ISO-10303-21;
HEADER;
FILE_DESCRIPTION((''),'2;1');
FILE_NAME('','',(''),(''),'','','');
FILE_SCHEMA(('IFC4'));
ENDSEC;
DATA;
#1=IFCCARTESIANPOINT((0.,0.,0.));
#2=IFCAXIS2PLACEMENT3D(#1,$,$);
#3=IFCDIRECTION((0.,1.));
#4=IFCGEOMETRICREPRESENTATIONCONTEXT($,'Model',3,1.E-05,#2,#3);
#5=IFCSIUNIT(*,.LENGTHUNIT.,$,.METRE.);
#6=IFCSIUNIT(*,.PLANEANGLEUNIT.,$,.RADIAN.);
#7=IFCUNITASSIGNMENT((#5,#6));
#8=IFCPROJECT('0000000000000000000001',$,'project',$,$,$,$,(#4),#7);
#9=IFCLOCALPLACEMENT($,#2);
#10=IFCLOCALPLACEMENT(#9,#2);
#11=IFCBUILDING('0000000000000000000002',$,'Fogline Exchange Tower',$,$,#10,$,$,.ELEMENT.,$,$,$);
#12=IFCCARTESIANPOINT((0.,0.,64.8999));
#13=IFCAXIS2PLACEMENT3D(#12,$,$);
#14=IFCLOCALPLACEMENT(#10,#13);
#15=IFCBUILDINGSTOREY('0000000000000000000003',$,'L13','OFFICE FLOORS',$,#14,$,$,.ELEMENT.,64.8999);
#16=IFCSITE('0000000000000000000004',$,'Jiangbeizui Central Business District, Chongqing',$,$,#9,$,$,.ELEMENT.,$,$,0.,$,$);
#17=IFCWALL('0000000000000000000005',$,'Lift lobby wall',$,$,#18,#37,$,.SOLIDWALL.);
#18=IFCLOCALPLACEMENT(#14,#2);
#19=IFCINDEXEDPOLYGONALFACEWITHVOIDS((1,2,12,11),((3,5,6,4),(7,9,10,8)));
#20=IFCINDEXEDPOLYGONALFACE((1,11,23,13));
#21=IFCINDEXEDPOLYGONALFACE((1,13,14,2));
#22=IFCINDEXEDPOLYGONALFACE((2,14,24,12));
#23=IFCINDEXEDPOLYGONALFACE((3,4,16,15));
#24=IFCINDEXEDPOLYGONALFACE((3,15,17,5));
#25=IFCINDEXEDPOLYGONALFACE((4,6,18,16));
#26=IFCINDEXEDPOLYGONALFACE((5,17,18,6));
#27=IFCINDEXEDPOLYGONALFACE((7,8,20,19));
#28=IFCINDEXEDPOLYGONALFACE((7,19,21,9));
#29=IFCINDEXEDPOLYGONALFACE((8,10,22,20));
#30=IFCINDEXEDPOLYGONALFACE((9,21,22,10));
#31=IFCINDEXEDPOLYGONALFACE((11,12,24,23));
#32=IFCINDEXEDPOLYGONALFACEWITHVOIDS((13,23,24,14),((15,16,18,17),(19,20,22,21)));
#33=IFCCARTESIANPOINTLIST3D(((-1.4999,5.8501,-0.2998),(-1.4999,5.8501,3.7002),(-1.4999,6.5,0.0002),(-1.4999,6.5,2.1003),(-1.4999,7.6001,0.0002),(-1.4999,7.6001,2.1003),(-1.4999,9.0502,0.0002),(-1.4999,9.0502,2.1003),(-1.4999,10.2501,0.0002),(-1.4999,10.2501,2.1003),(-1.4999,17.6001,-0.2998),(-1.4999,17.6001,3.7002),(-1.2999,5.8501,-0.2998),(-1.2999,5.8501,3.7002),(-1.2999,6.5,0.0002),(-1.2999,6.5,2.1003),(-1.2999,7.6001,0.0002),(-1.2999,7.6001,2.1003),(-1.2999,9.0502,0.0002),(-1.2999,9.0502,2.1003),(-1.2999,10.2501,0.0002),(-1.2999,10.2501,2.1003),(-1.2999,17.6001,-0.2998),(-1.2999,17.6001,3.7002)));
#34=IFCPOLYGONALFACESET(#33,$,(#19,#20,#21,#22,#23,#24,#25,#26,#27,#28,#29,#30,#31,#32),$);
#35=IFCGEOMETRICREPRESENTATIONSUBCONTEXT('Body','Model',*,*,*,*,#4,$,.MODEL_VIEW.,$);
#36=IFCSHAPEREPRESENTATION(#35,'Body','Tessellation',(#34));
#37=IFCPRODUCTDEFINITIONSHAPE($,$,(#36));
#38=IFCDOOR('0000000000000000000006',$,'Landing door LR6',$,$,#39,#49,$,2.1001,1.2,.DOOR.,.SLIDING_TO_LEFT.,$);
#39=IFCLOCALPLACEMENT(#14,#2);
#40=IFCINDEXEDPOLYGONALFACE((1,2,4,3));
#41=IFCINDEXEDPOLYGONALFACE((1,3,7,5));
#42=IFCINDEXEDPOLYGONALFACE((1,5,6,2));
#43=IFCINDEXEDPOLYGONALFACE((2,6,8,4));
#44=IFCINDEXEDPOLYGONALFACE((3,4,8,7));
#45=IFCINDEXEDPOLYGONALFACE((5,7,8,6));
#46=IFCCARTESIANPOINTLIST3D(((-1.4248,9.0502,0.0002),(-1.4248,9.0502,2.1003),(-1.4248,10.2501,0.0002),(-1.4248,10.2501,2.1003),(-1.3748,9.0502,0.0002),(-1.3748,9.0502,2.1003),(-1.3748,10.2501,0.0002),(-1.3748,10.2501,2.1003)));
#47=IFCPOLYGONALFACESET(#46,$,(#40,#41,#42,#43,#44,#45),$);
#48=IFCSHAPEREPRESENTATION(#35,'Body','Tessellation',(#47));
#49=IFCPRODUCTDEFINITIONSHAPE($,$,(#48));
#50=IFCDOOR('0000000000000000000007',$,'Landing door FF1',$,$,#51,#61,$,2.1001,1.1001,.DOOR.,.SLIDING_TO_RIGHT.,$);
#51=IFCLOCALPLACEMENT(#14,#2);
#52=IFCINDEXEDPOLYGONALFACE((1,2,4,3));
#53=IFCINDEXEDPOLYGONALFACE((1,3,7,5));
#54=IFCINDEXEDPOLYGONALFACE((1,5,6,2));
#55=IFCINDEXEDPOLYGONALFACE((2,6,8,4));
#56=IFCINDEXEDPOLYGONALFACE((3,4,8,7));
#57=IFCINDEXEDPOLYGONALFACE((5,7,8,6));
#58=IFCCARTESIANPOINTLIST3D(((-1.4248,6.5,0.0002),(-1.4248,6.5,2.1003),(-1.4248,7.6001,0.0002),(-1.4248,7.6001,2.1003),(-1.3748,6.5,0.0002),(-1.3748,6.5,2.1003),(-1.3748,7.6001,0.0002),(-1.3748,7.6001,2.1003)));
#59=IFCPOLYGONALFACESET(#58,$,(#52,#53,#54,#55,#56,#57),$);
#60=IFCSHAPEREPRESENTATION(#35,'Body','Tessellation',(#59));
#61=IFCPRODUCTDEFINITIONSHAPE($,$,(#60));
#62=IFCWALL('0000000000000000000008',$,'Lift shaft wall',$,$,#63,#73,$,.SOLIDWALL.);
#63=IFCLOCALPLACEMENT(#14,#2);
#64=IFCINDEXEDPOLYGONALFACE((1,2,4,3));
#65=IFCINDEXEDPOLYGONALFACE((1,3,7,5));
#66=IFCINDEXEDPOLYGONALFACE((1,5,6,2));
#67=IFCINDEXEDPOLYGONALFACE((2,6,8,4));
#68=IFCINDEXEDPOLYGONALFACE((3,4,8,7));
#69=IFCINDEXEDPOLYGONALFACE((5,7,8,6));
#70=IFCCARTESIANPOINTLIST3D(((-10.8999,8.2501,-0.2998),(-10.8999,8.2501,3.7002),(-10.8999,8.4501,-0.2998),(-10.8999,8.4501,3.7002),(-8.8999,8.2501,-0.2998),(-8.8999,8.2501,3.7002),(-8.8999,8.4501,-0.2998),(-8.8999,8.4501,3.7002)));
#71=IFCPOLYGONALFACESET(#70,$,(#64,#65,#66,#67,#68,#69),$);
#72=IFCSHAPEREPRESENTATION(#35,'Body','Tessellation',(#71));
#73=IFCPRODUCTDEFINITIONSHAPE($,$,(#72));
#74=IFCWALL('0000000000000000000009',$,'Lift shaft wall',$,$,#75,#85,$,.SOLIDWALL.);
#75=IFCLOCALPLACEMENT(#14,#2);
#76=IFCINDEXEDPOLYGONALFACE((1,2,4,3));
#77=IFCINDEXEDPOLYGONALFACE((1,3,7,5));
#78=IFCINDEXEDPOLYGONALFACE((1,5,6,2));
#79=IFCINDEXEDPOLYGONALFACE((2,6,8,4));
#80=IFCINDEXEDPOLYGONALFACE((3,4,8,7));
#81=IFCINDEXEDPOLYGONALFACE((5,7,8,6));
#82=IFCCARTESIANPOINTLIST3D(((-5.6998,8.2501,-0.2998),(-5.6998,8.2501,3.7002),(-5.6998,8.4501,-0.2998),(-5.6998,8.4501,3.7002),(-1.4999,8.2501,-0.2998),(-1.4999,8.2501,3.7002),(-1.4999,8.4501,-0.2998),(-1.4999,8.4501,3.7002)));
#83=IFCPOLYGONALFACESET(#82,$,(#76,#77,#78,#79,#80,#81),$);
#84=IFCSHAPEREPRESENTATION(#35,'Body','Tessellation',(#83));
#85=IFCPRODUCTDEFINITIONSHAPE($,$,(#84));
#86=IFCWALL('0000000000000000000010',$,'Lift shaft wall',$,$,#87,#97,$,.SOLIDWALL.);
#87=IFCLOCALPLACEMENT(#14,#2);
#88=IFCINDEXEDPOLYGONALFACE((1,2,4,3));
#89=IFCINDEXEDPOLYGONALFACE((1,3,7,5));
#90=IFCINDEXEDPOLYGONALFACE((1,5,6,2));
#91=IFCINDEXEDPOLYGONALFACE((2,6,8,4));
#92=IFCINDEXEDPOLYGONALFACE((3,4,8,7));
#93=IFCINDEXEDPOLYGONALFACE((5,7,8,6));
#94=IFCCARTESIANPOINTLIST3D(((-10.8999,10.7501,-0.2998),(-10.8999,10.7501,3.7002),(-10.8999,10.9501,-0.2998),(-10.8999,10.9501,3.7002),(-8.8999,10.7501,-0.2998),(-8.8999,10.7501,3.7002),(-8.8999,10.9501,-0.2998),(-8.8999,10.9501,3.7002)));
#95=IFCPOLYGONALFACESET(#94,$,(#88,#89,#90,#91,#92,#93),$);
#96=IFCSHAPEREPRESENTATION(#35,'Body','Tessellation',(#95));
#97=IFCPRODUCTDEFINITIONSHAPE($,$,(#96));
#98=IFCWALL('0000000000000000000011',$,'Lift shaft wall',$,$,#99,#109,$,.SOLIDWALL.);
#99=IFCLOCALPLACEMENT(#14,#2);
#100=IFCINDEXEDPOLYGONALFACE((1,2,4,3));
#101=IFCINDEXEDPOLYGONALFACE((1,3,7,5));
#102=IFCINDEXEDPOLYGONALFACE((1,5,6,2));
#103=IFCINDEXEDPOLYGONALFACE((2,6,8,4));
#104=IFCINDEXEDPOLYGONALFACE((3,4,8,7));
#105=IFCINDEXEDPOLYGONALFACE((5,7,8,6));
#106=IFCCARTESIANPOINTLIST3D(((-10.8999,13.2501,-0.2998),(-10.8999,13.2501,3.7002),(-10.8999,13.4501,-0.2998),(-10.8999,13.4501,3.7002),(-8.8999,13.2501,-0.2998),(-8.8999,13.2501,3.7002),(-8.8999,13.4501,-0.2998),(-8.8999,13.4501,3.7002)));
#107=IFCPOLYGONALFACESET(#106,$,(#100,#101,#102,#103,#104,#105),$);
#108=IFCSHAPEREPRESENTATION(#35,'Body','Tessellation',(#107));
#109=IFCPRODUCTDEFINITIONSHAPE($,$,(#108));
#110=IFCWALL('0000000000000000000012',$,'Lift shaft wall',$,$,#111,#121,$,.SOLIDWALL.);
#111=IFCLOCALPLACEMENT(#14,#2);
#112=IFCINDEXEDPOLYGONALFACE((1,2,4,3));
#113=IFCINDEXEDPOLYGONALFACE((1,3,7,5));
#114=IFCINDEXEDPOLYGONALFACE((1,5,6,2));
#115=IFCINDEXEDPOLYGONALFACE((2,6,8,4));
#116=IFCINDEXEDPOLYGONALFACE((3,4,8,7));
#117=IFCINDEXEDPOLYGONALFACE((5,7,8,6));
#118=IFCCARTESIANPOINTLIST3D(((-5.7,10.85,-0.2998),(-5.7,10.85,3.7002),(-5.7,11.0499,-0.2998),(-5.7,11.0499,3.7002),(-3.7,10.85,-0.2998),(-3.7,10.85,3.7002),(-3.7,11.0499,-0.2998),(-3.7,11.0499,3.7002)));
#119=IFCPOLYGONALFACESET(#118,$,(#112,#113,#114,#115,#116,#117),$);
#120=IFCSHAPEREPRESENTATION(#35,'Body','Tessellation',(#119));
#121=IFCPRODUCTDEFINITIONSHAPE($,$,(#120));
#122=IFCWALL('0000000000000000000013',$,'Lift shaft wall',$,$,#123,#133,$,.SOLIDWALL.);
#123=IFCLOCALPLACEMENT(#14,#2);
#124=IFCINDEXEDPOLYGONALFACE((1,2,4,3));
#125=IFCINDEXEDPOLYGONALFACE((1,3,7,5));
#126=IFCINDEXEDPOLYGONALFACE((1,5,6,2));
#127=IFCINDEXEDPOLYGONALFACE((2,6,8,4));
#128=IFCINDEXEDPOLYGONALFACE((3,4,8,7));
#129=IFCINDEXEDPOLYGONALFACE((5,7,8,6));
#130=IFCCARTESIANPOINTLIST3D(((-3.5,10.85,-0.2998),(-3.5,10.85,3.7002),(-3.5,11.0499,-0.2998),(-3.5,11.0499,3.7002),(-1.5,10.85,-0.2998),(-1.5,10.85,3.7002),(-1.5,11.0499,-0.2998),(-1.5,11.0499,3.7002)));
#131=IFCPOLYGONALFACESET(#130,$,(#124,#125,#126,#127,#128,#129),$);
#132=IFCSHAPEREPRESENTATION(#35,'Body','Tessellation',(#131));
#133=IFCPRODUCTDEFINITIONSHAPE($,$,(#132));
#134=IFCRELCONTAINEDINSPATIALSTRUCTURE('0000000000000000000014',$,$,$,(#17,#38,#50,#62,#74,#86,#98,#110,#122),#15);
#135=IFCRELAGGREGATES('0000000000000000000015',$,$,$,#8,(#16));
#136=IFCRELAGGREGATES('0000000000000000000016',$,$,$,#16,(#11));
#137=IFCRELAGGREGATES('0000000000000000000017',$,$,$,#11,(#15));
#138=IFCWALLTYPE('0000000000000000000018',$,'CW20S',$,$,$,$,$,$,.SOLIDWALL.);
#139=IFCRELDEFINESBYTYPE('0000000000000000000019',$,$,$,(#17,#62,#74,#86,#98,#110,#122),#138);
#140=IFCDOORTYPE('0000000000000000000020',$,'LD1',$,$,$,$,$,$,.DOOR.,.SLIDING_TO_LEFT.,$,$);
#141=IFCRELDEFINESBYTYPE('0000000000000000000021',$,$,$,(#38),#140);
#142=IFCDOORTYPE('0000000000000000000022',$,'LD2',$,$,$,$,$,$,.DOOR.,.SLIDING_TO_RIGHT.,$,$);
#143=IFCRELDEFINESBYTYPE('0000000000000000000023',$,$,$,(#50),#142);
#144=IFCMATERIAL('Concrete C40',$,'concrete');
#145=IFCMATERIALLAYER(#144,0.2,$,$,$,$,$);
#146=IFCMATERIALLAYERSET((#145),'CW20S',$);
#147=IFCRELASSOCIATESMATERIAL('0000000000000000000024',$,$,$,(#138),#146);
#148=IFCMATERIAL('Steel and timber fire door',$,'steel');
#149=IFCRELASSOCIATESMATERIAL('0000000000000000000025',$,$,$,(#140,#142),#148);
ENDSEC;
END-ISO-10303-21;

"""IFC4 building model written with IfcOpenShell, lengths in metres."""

from ifc_helpers import new_model, si_unit, direction, frame, frame_2d, origin, place, context, subcontext, project, spatial, rectangle, extrude, material, layer, layer_set, type_object, element, fill, save


model = new_model("IFC4")

# Units and contexts
model_context = context("Model", 3, precision=1e-05, world=origin(), true_north=direction((0.0, 1.0)))
body_context = subcontext(model_context, "Body", "Model", "MODEL_VIEW")
ifc_project = project(units=[si_unit("LENGTHUNIT", "METRE"), si_unit("PLANEANGLEUNIT", "RADIAN")], contexts=[model_context])

# Site, building, storey
site_placement = place(None, origin())
site = spatial("IfcSite", under=ifc_project, at=site_placement, Name="Jiangbeizui Central Business District, Chongqing", CompositionType="ELEMENT", RefElevation=0.0)
building_placement = place(site_placement, origin())
building = spatial("IfcBuilding", under=site, at=building_placement, Name="Fogline Exchange Tower", CompositionType="ELEMENT")
storey_placement = place(building_placement, frame((0.0, 0.0, 64.8999)))
storey = spatial("IfcBuildingStorey", under=building, at=storey_placement, Name="L13", Description="OFFICE FLOORS", CompositionType="ELEMENT", Elevation=64.8999)

# Shared definitions
ifc_material_1 = material(Name="Steel and timber fire door", Category="steel")

# Shared definitions
ifc_material_2 = material(Name="Concrete C40", Category="concrete")

# Shared definitions
ifc_layer_1 = layer(ifc_material_2, 0.2)
ifc_layer_set_1 = layer_set([ifc_layer_1], Name="CW20S")
wall_type_1 = type_object("IfcWallType", Name="CW20S", PredefinedType="SOLIDWALL", material=ifc_layer_set_1)
door_type_1 = type_object("IfcDoorType", Name="LD1", OperationType="SLIDING_TO_LEFT", PredefinedType="DOOR", material=ifc_material_1)

# Wall, openings, doors
wall_1_placement = place(storey_placement, frame((-1.3999, 5.8501, -0.2998), z_axis=(0.0, 0.0, 1.0), x_axis=(0.0, 1.0, 0.0)))
wall_1 = element("IfcWall", 1, at=wall_1_placement, inside=storey, type_object=wall_type_1, Name="Lift lobby wall", PredefinedType="SOLIDWALL", context=body_context, shape_type="SweptSolid", body=[
    extrude(rectangle(XDim=11.75, YDim=0.2, at=frame_2d((5.875, 0.0))), origin(), (0.0, 0.0, 1.0), 4.0),
])
opening_1_placement = place(wall_1_placement, frame((3.2, 0.0, 0.3)))
opening_1 = element("IfcOpeningElement", 2, at=opening_1_placement, cuts=wall_1, PredefinedType="OPENING", context=body_context, shape_type="SweptSolid", body=[
    extrude(rectangle(XDim=1.2, YDim=2.1001, at=frame_2d((0.6001, 1.05))), frame((0.0, 0.1099, 0.0), z_axis=(0.0, -1.0, 0.0), x_axis=(1.0, 0.0, 0.0)), (0.0, 0.0, 1.0), 0.22),
])
opening_2_placement = place(wall_1_placement, frame((0.6499, 0.0, 0.3)))
opening_2 = element("IfcOpeningElement", 3, at=opening_2_placement, cuts=wall_1, PredefinedType="OPENING", context=body_context, shape_type="SweptSolid", body=[
    extrude(rectangle(XDim=1.1001, YDim=2.1001, at=frame_2d((0.55, 1.05))), frame((0.0, 0.1099, 0.0), z_axis=(0.0, -1.0, 0.0), x_axis=(1.0, 0.0, 0.0)), (0.0, 0.0, 1.0), 0.22),
])
door_1_placement = place(opening_1_placement, origin())
door_1 = element("IfcDoor", 4, at=door_1_placement, inside=storey, type_object=door_type_1, Name="Landing door LR6", OperationType="SLIDING_TO_LEFT", OverallHeight=2.1001, OverallWidth=1.2, PredefinedType="DOOR", context=body_context, shape_type="SweptSolid", body=[
    extrude(rectangle(XDim=1.2, YDim=2.1001, at=frame_2d((0.6001, 1.05))), frame((0.0, 0.0249, 0.0), z_axis=(0.0, -1.0, 0.0), x_axis=(1.0, 0.0, 0.0)), (0.0, 0.0, 1.0), 0.05),
])
fill(opening_1, door_1)
door_type_2 = type_object("IfcDoorType", Name="LD2", OperationType="SLIDING_TO_RIGHT", PredefinedType="DOOR", material=ifc_material_1)
door_2_placement = place(opening_2_placement, origin())
door_2 = element("IfcDoor", 5, at=door_2_placement, inside=storey, type_object=door_type_2, Name="Landing door FF1", OperationType="SLIDING_TO_RIGHT", OverallHeight=2.1001, OverallWidth=1.1001, PredefinedType="DOOR", context=body_context, shape_type="SweptSolid", body=[
    extrude(rectangle(XDim=1.1001, YDim=2.1001, at=frame_2d((0.55, 1.05))), frame((0.0, 0.0249, 0.0), z_axis=(0.0, -1.0, 0.0), x_axis=(1.0, 0.0, 0.0)), (0.0, 0.0, 1.0), 0.05),
])
fill(opening_2, door_2)

# Walls
wall_2_placement = place(storey_placement, frame((-10.8999, 8.3501, -0.2998), z_axis=(0.0, 0.0, 1.0), x_axis=(1.0, 0.0, 0.0)))
element("IfcWall", 6, at=wall_2_placement, inside=storey, type_object=wall_type_1, Name="Lift shaft wall", PredefinedType="SOLIDWALL", context=body_context, shape_type="SweptSolid", body=[
    extrude(rectangle(XDim=2.0, YDim=0.2, at=frame_2d((1.0, 0.0))), origin(), (0.0, 0.0, 1.0), 4.0),
])
wall_3_placement = place(storey_placement, frame((-5.7, 8.3501, -0.2998), z_axis=(0.0, 0.0, 1.0), x_axis=(1.0, 0.0, 0.0)))
element("IfcWall", 7, at=wall_3_placement, inside=storey, type_object=wall_type_1, Name="Lift shaft wall", PredefinedType="SOLIDWALL", context=body_context, shape_type="SweptSolid", body=[
    extrude(rectangle(XDim=4.2, YDim=0.2, at=frame_2d((2.1001, 0.0))), origin(), (0.0, 0.0, 1.0), 4.0),
])
for number, where, z_axis, x_axis, name in (
    (8, (-10.8999, 10.8501, -0.2998), (0.0, 0.0, 1.0), (1.0, 0.0, 0.0), "Lift shaft wall"),
    (9, (-10.8999, 13.3501, -0.2998), (0.0, 0.0, 1.0), (1.0, 0.0, 0.0), "Lift shaft wall"),
    (10, (-5.7, 10.95, -0.2998), (0.0, 0.0, 1.0), (1.0, 0.0, 0.0), "Lift shaft wall"),
    (11, (-3.5, 10.95, -0.2998), (0.0, 0.0, 1.0), (1.0, 0.0, 0.0), "Lift shaft wall"),
):
    element("IfcWall", number, at=place(storey_placement, frame(where, z_axis=z_axis, x_axis=x_axis)), inside=storey, type_object=wall_type_1, Name=name, PredefinedType="SOLIDWALL", context=body_context, shape_type="SweptSolid", body=[
        extrude(rectangle(XDim=2.0, YDim=0.2, at=frame_2d((1.0, 0.0))), origin(), (0.0, 0.0, 1.0), 4.0),
    ])

save(model, "model.ifc")
